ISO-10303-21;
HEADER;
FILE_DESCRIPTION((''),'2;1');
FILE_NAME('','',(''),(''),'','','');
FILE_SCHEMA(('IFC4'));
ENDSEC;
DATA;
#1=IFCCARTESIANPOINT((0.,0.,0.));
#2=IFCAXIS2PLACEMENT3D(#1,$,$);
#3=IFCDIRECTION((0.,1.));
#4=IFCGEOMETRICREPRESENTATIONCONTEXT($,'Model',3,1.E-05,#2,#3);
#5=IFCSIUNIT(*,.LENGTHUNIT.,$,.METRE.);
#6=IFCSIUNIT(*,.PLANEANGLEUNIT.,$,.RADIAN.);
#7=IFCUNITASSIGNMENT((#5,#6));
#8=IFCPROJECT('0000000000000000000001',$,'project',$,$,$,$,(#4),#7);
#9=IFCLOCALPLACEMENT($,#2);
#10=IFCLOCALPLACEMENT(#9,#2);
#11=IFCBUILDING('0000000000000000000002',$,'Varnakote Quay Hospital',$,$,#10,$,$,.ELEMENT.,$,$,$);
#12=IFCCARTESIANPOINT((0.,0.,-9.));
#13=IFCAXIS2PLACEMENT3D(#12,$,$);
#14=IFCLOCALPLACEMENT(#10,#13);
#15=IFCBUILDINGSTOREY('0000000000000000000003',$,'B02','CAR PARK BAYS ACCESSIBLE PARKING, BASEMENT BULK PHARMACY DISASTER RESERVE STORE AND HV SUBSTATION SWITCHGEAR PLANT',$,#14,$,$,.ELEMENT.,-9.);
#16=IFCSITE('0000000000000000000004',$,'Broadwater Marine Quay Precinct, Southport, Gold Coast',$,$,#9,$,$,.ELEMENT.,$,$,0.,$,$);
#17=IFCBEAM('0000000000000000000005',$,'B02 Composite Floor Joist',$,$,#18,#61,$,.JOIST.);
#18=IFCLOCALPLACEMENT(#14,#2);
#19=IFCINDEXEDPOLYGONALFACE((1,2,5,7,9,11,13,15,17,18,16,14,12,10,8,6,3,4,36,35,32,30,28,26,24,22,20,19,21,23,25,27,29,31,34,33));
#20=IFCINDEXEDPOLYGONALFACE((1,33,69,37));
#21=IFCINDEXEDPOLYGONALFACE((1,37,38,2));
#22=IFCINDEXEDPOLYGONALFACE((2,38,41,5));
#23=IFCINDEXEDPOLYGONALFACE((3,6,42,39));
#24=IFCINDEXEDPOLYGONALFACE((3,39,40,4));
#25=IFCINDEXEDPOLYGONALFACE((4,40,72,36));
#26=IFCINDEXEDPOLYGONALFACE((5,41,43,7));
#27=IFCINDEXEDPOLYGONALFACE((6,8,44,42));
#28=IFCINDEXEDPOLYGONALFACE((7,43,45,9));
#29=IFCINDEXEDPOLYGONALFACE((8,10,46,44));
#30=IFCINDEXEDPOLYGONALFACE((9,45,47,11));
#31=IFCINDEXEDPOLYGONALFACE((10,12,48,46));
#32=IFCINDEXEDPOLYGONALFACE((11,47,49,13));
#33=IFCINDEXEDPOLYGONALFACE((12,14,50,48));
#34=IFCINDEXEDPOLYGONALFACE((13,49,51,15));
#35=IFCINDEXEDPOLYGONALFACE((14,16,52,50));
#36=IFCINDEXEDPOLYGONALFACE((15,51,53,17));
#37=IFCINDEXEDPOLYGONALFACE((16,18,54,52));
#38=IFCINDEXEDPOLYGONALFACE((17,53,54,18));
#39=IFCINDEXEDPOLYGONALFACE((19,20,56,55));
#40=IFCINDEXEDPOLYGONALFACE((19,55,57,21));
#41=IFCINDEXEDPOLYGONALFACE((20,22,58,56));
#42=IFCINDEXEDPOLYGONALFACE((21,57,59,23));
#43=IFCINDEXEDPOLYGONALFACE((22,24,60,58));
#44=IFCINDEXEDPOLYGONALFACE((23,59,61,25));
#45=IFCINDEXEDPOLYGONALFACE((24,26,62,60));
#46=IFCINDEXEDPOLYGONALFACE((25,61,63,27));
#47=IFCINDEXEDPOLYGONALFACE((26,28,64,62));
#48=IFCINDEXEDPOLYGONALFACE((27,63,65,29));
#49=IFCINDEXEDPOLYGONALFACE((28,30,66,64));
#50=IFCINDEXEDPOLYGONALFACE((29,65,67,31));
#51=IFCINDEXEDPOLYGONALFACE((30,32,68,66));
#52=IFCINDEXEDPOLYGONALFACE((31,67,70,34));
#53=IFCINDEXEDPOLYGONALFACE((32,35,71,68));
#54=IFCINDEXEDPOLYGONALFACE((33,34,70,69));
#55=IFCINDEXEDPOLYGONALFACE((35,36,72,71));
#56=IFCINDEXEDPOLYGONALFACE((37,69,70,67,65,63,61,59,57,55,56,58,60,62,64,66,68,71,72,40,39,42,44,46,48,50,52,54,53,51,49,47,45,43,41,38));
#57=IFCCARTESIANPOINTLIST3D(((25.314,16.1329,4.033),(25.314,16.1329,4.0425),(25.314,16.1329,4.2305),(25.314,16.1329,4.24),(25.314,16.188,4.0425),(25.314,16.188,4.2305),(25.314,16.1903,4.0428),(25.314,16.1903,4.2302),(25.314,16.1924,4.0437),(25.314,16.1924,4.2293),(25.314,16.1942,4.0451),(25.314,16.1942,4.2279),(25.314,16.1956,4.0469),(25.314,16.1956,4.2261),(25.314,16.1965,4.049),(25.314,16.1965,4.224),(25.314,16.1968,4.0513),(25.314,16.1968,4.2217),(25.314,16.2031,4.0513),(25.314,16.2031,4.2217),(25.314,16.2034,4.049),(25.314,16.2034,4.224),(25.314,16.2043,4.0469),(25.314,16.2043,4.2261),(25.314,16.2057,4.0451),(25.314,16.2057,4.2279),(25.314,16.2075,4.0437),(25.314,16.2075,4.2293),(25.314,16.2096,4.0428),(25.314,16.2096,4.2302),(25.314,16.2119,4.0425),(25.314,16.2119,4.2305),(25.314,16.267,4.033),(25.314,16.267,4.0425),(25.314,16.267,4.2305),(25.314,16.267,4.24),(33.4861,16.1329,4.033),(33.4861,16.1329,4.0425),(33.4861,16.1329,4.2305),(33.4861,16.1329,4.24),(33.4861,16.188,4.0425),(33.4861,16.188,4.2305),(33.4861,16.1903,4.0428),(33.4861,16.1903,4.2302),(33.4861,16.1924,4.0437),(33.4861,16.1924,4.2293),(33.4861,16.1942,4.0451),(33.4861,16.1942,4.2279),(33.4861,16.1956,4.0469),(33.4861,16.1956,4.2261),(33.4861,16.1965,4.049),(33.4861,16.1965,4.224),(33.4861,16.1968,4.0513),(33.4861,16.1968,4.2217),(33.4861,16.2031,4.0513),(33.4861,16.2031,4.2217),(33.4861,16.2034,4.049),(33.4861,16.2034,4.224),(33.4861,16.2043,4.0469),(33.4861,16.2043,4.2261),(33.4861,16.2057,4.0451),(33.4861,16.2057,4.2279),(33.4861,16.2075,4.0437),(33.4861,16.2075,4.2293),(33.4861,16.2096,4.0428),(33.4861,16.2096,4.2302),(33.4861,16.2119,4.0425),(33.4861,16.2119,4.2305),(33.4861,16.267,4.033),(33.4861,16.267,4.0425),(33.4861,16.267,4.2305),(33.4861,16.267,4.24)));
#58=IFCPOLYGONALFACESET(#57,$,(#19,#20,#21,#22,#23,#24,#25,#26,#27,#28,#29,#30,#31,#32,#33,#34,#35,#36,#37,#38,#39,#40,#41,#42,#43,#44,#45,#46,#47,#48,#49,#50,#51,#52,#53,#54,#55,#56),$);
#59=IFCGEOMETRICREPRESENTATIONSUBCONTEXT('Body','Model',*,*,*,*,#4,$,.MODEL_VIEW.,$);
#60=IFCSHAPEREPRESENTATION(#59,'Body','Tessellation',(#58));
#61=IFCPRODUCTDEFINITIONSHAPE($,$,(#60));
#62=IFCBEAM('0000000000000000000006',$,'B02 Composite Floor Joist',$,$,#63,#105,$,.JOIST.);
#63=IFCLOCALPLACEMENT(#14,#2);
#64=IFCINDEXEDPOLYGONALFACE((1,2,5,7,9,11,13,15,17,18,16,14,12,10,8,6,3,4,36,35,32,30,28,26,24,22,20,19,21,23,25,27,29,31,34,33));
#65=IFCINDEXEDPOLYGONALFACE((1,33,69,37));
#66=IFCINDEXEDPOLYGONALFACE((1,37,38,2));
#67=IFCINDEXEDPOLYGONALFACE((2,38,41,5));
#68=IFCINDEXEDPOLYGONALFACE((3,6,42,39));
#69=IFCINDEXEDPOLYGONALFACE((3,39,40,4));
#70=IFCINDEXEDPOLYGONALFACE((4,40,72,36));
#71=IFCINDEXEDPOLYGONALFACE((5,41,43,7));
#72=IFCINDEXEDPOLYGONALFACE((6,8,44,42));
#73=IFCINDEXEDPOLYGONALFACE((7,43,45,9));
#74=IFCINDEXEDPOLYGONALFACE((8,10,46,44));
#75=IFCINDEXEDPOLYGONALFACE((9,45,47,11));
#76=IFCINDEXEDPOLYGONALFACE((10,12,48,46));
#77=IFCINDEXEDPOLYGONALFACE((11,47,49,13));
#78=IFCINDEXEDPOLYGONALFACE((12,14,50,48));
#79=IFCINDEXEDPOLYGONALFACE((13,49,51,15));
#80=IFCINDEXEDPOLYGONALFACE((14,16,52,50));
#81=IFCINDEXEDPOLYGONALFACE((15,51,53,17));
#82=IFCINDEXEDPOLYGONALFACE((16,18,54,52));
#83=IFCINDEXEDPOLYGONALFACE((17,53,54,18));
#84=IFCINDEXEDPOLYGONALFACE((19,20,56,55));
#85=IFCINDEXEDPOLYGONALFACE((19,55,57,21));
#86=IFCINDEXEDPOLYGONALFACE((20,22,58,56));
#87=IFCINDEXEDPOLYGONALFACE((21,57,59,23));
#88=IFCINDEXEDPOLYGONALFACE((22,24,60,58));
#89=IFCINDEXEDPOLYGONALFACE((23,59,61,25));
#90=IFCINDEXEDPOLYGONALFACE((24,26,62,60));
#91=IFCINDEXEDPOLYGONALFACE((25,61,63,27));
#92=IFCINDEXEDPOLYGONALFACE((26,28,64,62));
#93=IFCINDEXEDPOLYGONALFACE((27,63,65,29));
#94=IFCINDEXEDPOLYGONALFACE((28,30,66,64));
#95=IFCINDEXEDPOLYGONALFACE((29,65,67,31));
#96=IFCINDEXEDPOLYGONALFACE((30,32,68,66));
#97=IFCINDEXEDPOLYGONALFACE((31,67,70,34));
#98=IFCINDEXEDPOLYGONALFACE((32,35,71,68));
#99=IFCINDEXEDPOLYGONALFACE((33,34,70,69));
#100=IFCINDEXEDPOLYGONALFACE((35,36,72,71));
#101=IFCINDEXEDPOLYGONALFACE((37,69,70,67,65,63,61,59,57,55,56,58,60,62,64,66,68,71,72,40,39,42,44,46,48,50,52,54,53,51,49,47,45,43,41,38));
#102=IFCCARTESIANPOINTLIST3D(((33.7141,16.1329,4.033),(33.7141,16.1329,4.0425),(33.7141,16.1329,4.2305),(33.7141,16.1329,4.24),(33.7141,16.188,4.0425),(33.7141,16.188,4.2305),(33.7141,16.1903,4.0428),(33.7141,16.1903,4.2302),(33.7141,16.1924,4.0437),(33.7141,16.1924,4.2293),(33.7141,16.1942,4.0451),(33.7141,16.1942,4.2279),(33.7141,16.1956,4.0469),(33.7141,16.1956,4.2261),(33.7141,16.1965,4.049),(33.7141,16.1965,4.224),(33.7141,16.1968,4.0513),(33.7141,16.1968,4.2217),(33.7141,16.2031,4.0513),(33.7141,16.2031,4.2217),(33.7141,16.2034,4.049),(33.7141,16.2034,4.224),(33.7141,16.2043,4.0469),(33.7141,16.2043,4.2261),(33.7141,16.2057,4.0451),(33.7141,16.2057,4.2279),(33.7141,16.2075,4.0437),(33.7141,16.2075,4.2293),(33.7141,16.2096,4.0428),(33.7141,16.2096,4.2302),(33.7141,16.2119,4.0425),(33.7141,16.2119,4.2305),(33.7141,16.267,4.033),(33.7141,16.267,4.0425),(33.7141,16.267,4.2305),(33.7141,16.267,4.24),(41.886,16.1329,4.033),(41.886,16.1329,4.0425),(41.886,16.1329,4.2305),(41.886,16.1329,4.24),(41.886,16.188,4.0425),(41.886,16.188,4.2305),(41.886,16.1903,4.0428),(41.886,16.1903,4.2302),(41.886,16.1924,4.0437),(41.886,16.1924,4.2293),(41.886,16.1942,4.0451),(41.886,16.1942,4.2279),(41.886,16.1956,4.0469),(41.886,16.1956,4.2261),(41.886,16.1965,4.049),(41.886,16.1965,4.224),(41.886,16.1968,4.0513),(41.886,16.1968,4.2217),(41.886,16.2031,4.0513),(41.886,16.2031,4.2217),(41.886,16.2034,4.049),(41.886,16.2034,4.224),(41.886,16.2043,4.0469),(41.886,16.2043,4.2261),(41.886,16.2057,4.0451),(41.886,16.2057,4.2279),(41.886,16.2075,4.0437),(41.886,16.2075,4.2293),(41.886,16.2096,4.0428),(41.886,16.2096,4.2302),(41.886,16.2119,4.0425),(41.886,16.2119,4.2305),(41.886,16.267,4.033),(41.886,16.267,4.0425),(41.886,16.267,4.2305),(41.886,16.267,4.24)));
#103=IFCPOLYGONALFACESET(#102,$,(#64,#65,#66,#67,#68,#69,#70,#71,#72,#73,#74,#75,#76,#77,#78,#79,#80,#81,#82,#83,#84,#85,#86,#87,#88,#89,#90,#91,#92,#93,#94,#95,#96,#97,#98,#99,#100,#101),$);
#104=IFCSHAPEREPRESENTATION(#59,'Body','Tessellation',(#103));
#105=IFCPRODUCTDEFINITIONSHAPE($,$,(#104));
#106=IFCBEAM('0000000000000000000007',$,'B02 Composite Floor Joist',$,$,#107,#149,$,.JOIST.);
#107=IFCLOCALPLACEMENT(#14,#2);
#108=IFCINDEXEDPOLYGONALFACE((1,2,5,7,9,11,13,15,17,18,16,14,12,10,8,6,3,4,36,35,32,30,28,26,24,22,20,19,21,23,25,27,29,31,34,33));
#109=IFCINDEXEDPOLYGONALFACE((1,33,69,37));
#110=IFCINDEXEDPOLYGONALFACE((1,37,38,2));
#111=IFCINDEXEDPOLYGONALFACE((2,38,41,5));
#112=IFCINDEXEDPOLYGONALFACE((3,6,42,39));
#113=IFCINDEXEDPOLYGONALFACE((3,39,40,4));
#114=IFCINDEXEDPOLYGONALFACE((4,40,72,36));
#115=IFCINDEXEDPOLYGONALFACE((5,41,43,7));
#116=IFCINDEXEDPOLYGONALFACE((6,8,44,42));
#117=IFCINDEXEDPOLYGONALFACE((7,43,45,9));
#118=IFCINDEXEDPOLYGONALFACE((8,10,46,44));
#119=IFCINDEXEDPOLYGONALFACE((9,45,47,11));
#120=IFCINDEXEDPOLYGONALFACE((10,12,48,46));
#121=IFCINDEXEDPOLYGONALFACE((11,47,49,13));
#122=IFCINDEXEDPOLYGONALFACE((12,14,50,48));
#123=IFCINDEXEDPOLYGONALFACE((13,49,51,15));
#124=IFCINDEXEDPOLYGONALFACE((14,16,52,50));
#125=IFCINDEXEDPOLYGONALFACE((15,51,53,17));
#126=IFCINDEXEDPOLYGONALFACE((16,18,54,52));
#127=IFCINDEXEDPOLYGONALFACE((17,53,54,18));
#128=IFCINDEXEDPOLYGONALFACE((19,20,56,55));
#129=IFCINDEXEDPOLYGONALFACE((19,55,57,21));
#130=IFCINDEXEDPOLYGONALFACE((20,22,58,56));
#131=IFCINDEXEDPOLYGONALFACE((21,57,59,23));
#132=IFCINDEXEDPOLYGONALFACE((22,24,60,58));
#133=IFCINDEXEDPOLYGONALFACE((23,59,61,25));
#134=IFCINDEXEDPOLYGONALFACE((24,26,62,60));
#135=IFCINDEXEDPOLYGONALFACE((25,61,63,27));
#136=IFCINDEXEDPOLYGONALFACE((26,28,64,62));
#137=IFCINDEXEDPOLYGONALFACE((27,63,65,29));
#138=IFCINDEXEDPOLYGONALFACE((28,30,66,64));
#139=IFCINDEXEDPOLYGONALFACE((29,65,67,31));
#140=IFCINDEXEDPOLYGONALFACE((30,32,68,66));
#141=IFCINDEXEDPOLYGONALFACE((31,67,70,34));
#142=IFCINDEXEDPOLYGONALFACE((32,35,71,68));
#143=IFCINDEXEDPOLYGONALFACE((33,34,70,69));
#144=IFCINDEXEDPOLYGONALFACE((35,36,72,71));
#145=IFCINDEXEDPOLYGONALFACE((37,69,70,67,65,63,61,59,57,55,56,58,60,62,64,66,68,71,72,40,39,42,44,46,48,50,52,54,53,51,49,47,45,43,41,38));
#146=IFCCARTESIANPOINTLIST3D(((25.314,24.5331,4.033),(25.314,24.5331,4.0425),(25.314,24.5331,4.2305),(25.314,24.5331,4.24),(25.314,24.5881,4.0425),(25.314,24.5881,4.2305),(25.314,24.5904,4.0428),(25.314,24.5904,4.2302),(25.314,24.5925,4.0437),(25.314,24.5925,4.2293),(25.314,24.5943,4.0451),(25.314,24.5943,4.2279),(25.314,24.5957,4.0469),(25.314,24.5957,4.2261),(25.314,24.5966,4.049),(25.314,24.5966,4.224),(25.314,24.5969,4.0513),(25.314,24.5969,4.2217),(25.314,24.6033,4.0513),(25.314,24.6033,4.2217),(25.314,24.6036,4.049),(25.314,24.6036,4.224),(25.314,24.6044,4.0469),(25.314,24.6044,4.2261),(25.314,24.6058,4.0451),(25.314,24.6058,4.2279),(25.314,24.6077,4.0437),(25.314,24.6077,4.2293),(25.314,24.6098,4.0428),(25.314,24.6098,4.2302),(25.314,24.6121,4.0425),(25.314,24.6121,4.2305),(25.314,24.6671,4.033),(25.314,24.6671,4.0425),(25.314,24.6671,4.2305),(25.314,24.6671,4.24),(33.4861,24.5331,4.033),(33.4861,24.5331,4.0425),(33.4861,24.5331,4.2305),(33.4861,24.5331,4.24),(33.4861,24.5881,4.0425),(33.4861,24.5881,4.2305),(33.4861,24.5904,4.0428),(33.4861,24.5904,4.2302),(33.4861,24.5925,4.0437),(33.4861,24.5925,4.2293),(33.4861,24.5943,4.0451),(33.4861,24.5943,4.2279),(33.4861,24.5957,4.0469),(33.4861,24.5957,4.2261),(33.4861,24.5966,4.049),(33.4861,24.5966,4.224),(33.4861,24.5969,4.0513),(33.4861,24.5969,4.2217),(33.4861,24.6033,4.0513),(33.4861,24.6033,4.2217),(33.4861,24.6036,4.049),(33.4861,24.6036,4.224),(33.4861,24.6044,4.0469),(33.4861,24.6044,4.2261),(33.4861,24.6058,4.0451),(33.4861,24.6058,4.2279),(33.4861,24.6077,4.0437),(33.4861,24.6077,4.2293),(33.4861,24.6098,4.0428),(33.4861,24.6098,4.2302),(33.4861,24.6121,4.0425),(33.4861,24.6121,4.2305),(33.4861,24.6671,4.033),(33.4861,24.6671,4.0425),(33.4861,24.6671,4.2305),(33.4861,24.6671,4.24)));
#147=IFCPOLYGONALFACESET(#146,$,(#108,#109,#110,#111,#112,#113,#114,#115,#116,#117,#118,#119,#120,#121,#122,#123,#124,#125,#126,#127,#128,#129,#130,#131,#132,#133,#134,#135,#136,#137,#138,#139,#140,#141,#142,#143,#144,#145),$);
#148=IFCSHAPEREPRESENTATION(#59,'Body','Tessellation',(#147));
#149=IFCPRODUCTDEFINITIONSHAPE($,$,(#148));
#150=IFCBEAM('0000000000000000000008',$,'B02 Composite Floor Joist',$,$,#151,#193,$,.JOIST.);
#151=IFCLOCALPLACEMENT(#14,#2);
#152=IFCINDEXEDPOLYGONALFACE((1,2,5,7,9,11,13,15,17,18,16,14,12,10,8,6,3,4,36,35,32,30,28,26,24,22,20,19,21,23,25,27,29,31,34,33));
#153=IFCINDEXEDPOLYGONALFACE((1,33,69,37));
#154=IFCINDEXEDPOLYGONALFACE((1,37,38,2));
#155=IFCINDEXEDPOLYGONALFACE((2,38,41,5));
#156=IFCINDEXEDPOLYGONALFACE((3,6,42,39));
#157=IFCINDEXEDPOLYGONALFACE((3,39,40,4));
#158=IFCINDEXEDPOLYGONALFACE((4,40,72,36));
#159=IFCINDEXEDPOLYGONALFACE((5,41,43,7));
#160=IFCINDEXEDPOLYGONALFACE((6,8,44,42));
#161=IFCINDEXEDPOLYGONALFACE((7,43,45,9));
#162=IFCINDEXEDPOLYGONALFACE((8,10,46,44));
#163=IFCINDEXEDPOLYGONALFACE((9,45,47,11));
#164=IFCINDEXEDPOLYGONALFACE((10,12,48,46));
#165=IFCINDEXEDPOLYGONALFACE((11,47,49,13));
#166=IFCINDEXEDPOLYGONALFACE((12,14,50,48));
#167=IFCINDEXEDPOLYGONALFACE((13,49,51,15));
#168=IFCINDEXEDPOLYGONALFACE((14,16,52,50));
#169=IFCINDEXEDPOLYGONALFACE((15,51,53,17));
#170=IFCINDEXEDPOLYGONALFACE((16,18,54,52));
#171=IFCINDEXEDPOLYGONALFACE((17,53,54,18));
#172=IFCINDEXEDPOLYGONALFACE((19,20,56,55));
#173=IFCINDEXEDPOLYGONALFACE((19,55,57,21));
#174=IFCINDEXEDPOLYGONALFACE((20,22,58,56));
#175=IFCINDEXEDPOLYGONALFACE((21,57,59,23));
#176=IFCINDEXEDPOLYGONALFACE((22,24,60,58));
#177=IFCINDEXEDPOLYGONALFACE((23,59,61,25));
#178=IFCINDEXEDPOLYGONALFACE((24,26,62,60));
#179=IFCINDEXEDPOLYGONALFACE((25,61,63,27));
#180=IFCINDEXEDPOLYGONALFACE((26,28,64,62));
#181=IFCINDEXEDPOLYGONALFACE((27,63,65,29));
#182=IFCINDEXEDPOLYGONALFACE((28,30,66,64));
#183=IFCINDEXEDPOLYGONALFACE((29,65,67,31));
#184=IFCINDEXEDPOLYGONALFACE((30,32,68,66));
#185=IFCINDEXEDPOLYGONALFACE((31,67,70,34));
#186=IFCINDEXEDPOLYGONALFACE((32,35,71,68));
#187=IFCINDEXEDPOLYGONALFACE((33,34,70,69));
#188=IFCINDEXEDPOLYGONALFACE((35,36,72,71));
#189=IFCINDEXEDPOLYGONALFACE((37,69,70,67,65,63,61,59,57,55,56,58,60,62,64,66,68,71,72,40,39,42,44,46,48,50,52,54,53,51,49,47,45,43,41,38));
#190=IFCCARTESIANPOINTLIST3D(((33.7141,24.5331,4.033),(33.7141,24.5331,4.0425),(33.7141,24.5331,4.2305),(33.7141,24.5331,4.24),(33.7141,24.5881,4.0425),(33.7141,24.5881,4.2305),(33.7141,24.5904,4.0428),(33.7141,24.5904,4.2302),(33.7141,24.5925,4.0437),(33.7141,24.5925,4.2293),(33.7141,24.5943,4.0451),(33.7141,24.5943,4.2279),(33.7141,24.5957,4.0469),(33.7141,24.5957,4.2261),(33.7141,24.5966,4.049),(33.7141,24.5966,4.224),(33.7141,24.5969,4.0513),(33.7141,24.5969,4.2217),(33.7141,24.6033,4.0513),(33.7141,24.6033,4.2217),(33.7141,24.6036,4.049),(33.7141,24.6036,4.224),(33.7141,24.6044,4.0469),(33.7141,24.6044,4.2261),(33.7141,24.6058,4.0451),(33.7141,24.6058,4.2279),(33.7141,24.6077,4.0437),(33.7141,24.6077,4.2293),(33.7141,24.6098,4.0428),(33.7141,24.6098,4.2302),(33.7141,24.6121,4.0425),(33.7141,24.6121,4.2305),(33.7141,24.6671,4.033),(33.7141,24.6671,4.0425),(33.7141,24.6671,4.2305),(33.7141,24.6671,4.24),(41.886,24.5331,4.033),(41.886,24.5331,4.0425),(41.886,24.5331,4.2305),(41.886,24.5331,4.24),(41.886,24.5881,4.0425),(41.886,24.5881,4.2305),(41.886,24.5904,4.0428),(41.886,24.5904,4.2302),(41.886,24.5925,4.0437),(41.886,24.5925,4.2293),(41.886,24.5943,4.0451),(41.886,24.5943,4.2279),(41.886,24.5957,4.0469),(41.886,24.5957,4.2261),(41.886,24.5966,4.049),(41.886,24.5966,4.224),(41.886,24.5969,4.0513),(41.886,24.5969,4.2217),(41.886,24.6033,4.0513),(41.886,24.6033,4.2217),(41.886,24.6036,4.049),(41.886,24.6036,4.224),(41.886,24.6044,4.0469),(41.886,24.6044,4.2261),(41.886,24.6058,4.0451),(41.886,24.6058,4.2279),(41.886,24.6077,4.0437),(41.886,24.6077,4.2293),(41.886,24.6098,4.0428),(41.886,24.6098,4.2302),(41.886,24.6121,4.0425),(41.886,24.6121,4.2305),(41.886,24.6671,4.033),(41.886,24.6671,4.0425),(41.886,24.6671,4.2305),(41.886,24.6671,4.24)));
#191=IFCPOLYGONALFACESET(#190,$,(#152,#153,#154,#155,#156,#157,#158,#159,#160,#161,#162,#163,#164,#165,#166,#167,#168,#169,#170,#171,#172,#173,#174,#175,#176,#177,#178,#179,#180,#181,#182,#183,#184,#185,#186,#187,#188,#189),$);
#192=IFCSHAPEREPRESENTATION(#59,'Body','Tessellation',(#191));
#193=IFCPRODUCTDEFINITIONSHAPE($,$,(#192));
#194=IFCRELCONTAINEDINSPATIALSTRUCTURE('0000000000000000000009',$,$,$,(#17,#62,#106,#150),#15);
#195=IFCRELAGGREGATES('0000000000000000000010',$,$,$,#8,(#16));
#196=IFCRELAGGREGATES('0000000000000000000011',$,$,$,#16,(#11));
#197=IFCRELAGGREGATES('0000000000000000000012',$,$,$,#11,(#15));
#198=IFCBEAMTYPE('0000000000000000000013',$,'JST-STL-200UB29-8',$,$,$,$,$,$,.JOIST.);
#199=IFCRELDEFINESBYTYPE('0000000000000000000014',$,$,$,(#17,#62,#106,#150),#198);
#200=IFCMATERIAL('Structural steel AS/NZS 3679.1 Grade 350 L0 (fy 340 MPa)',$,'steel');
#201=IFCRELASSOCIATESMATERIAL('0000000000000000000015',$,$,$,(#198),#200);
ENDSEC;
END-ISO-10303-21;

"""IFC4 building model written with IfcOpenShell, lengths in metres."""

from ifc_helpers import new_model, si_unit, direction, frame, origin, origin_2d, place, context, subcontext, project, spatial, i_section, extrude, material, material_profile, profile_set, type_object, element, save


model = new_model("IFC4")

# Units and contexts
model_context = context("Model", 3, precision=1e-05, world=origin(), true_north=direction((0.0, 1.0)))
body_context = subcontext(model_context, "Body", "Model", "MODEL_VIEW")
ifc_project = project(units=[si_unit("LENGTHUNIT", "METRE"), si_unit("PLANEANGLEUNIT", "RADIAN")], contexts=[model_context])

# Site, building, storey
site_placement = place(None, origin())
site = spatial("IfcSite", under=ifc_project, at=site_placement, Name="Broadwater Marine Quay Precinct, Southport, Gold Coast", CompositionType="ELEMENT", RefElevation=0.0)
building_placement = place(site_placement, origin())
building = spatial("IfcBuilding", under=site, at=building_placement, Name="Varnakote Quay Hospital", CompositionType="ELEMENT")
storey_placement = place(building_placement, frame((0.0, 0.0, -9.0)))
storey = spatial("IfcBuildingStorey", under=building, at=storey_placement, Name="B02", Description="CAR PARK BAYS ACCESSIBLE PARKING, BASEMENT BULK PHARMACY DISASTER RESERVE STORE AND HV SUBSTATION SWITCHGEAR PLANT", CompositionType="ELEMENT", Elevation=-9.0)

# Beams
ifc_material_1 = material(Name="Structural steel AS/NZS 3679.1 Grade 350 L0 (fy 340 MPa)", Category="steel")
ifc_material_profile_1 = material_profile(ifc_material_1, i_section(OverallWidth=0.134, OverallDepth=0.207, WebThickness=0.0063, FlangeThickness=0.0095, FilletRadius=0.0088, at=origin_2d()), Name="200UB29.8")
ifc_profile_set_1 = profile_set([ifc_material_profile_1], Name="Structural steel AS/NZS 3679.1 Grade 350 L0 (fy 340 MPa)")
beam_type_1 = type_object("IfcBeamType", Name="JST-STL-200UB29-8", PredefinedType="JOIST", material=ifc_profile_set_1)
beam_1_placement = place(storey_placement, frame((25.314, 16.2, 4.1365), z_axis=(1.0, 0.0, 0.0), x_axis=(0.0, 1.0, 0.0)))
element("IfcBeam", 1, at=beam_1_placement, inside=storey, type_object=beam_type_1, Name="B02 Composite Floor Joist", PredefinedType="JOIST", context=body_context, shape_type="SweptSolid", body=[
    extrude(i_section(OverallWidth=0.134, OverallDepth=0.207, WebThickness=0.0063, FlangeThickness=0.0095, FilletRadius=0.0088, at=origin_2d()), origin(), (0.0, 0.0, 1.0), 8.1721),
])
beam_2_placement = place(storey_placement, frame((33.7141, 16.2, 4.1365), z_axis=(1.0, 0.0, 0.0), x_axis=(0.0, 1.0, 0.0)))
element("IfcBeam", 2, at=beam_2_placement, inside=storey, type_object=beam_type_1, Name="B02 Composite Floor Joist", PredefinedType="JOIST", context=body_context, shape_type="SweptSolid", body=[
    extrude(i_section(OverallWidth=0.134, OverallDepth=0.207, WebThickness=0.0063, FlangeThickness=0.0095, FilletRadius=0.0088, at=origin_2d()), origin(), (0.0, 0.0, 1.0), 8.1719),
])
beam_3_placement = place(storey_placement, frame((25.314, 24.6001, 4.1365), z_axis=(1.0, 0.0, 0.0), x_axis=(0.0, 1.0, 0.0)))
element("IfcBeam", 3, at=beam_3_placement, inside=storey, type_object=beam_type_1, Name="B02 Composite Floor Joist", PredefinedType="JOIST", context=body_context, shape_type="SweptSolid", body=[
    extrude(i_section(OverallWidth=0.134, OverallDepth=0.207, WebThickness=0.0063, FlangeThickness=0.0095, FilletRadius=0.0088, at=origin_2d()), origin(), (0.0, 0.0, 1.0), 8.1721),
])
beam_4_placement = place(storey_placement, frame((33.7141, 24.6001, 4.1365), z_axis=(1.0, 0.0, 0.0), x_axis=(0.0, 1.0, 0.0)))
element("IfcBeam", 4, at=beam_4_placement, inside=storey, type_object=beam_type_1, Name="B02 Composite Floor Joist", PredefinedType="JOIST", context=body_context, shape_type="SweptSolid", body=[
    extrude(i_section(OverallWidth=0.134, OverallDepth=0.207, WebThickness=0.0063, FlangeThickness=0.0095, FilletRadius=0.0088, at=origin_2d()), origin(), (0.0, 0.0, 1.0), 8.1719),
])

save(model, "model.ifc")
